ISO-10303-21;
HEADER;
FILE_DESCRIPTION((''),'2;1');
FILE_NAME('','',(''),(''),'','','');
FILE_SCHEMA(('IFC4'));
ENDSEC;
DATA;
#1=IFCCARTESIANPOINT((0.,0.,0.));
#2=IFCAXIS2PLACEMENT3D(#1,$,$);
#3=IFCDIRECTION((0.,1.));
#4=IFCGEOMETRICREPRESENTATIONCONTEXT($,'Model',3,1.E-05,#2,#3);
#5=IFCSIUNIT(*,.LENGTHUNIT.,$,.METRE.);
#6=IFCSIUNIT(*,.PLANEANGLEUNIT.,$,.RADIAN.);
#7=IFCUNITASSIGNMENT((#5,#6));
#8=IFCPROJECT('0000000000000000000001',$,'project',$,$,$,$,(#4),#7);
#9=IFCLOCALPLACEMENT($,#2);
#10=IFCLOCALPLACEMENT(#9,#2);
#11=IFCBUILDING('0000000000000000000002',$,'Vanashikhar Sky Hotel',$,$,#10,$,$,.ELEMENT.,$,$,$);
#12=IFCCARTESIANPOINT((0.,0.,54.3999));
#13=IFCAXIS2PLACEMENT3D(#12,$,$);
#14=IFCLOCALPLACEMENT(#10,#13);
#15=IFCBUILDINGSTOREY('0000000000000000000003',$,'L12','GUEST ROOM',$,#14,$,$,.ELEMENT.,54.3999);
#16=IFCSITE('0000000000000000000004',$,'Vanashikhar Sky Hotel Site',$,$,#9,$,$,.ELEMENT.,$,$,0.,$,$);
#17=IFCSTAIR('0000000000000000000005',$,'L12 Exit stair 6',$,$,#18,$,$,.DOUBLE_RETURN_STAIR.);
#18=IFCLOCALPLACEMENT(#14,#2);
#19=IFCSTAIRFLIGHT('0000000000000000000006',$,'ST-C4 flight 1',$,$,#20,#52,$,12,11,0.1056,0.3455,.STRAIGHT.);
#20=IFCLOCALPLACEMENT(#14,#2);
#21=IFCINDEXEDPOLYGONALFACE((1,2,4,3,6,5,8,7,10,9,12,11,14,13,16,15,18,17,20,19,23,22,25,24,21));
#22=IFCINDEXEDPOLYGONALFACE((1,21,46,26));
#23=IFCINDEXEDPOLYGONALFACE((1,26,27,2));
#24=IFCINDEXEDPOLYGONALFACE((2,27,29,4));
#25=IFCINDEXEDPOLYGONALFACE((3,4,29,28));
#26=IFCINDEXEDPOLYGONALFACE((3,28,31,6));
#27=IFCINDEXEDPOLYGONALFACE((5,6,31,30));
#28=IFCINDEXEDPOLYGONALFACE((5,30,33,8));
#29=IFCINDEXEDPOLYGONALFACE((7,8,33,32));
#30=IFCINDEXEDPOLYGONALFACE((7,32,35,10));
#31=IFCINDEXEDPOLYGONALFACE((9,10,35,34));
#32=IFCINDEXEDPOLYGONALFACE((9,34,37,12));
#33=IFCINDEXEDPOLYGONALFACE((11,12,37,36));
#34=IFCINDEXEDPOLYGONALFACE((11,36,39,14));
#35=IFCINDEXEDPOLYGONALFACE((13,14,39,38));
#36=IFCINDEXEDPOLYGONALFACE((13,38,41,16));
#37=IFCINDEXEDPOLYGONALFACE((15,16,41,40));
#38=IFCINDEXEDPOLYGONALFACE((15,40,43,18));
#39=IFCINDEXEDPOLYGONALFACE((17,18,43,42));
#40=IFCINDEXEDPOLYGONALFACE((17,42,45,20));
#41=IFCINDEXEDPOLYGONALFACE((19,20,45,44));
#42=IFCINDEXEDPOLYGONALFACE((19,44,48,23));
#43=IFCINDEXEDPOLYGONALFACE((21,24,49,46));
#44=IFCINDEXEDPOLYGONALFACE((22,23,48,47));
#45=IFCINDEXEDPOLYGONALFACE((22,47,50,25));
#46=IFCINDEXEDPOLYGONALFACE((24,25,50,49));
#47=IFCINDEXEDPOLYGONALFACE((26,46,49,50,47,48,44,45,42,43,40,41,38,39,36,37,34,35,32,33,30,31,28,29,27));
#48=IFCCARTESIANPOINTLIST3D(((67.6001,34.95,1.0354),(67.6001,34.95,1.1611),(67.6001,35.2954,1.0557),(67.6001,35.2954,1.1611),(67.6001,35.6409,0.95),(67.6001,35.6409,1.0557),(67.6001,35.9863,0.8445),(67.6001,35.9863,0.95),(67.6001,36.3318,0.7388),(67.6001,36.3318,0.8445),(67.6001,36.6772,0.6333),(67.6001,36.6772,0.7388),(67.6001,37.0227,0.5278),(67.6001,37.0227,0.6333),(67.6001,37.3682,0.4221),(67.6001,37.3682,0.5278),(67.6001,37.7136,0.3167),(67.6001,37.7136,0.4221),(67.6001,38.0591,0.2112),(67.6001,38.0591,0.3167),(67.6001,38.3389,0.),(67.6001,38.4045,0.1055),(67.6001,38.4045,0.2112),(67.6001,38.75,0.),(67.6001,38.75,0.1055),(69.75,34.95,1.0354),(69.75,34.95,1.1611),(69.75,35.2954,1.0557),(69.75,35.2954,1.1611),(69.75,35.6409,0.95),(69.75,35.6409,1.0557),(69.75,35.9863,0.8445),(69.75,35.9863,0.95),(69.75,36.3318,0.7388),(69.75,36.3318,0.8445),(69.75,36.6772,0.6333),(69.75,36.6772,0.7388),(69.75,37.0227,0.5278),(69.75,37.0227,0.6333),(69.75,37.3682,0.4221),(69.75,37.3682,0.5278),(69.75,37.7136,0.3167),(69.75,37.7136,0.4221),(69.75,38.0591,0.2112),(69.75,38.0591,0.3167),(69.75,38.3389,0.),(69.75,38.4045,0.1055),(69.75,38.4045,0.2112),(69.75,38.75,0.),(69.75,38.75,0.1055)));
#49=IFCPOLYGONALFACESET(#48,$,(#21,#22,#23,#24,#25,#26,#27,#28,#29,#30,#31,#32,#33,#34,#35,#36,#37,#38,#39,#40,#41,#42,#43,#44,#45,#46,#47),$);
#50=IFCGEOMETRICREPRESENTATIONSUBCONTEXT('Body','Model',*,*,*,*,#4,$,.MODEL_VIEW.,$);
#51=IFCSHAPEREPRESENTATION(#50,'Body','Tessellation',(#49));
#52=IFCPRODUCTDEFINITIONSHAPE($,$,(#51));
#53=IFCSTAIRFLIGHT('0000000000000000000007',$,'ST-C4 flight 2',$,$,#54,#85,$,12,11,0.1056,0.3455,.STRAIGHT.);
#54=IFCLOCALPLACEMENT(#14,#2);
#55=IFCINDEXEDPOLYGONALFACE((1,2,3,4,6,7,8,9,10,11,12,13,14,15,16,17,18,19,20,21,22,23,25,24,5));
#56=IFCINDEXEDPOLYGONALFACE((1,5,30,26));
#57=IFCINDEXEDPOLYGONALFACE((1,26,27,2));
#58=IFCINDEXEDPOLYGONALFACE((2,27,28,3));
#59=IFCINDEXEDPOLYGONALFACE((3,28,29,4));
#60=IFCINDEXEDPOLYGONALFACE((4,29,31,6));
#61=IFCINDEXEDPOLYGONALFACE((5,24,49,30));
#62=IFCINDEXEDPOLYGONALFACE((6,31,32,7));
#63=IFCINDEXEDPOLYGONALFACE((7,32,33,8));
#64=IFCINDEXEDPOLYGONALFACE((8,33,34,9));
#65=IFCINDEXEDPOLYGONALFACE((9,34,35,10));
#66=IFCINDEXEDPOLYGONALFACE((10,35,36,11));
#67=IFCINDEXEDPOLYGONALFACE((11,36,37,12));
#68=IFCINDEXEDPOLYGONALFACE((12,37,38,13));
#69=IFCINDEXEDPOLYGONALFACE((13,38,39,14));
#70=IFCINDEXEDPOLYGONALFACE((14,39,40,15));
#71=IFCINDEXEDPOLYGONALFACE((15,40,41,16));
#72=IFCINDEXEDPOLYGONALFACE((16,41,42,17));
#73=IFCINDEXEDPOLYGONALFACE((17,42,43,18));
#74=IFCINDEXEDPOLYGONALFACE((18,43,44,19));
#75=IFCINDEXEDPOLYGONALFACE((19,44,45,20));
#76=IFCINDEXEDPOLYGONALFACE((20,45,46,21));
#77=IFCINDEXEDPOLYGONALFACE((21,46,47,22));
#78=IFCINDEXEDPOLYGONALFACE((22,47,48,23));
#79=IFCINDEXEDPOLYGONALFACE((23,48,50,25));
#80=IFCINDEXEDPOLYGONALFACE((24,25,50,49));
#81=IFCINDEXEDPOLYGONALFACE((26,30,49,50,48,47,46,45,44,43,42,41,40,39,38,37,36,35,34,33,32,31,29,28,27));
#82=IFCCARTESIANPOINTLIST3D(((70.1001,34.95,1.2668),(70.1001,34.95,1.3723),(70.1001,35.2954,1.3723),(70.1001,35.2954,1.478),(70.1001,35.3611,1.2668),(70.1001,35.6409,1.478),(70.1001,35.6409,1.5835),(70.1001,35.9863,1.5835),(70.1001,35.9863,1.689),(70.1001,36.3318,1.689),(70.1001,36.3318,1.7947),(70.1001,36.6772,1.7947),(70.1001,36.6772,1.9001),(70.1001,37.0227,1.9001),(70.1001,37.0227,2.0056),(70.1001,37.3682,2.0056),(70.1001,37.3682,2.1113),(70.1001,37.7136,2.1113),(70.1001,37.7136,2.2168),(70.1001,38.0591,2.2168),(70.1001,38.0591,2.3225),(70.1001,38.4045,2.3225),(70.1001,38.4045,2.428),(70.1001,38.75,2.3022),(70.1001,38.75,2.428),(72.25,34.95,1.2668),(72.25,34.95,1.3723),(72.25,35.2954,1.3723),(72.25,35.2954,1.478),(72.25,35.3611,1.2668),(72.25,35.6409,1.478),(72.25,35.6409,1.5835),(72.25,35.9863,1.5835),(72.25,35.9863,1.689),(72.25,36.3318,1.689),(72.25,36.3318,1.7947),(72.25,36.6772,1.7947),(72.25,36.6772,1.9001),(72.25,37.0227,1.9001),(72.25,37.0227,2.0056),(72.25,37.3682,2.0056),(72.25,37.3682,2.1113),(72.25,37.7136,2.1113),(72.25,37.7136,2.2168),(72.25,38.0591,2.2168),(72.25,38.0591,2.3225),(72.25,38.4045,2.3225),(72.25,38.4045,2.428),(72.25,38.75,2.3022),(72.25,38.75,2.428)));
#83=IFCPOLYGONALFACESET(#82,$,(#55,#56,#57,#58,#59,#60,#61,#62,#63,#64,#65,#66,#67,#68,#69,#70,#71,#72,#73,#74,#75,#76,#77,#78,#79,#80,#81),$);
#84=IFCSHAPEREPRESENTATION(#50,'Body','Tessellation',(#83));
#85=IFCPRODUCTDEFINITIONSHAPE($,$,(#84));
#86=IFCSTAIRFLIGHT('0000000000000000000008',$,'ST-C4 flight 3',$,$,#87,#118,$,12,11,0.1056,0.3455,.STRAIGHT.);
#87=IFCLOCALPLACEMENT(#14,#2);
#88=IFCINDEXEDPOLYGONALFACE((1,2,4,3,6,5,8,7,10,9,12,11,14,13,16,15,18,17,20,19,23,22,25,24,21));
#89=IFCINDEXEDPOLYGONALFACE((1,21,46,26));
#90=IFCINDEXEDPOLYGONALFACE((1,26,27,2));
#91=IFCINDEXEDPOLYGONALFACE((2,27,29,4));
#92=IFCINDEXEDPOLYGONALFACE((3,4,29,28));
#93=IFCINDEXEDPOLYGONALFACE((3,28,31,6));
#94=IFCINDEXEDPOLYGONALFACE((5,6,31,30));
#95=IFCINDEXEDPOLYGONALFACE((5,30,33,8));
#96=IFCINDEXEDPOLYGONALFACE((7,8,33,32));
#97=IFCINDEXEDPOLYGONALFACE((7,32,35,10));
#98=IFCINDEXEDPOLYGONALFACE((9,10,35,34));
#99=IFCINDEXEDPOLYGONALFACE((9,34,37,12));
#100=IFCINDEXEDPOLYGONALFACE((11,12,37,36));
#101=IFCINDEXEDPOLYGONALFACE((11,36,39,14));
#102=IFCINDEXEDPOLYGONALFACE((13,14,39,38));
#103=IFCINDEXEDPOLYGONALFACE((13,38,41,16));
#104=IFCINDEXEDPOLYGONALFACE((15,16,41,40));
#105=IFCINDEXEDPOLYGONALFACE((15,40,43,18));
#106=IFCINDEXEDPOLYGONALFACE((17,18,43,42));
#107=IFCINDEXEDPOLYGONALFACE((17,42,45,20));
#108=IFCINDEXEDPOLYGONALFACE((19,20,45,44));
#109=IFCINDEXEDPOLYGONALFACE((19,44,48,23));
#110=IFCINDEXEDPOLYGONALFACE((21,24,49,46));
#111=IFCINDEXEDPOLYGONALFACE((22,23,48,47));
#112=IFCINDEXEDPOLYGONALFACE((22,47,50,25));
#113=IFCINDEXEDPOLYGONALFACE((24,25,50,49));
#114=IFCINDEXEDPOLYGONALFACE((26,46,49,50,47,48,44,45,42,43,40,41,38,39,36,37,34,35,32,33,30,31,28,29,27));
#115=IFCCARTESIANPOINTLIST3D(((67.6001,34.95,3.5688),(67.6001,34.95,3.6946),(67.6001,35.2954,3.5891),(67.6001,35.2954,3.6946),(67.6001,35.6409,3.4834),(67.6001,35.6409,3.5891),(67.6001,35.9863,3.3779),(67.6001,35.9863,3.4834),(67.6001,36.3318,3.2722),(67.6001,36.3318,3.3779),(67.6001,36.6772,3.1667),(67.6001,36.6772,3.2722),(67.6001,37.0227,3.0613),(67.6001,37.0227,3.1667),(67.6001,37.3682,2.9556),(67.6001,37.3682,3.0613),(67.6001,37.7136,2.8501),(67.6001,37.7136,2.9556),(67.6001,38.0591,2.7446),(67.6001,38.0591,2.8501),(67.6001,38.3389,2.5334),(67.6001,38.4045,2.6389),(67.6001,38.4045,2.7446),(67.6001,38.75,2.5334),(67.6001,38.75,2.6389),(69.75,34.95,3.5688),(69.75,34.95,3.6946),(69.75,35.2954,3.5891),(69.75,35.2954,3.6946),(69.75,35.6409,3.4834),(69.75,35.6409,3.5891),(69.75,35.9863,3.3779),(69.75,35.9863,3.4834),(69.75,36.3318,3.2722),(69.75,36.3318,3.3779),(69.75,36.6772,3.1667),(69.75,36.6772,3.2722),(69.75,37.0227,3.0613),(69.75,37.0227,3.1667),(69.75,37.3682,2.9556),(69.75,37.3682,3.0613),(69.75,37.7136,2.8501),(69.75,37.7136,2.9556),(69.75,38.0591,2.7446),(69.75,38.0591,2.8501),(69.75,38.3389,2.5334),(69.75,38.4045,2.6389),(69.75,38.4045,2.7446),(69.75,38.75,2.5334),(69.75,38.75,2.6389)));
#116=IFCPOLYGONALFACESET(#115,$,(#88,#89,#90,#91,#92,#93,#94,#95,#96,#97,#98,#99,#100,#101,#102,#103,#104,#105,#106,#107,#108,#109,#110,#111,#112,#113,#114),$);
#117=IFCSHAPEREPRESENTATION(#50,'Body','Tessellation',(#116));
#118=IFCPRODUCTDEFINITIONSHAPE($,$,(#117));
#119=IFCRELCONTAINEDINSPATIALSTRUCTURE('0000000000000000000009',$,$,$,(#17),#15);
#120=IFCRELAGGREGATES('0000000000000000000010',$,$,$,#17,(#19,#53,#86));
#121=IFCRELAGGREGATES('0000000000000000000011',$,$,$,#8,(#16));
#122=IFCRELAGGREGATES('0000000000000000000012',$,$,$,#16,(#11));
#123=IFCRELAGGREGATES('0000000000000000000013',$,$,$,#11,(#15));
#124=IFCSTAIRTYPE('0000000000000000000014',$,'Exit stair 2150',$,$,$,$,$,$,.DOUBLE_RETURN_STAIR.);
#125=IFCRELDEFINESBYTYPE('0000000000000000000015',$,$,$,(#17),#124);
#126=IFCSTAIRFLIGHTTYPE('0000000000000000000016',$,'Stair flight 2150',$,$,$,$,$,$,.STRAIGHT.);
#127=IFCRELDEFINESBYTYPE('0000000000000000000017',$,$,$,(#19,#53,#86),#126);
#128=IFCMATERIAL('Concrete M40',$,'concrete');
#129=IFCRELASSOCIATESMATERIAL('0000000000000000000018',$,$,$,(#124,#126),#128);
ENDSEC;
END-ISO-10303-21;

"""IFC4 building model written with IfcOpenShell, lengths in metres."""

from ifc_helpers import new_model, si_unit, direction, frame, origin, place, context, subcontext, project, spatial, polyline, outline, extrude, source, transform, mapped, material, type_object, element, aggregate, save


model = new_model("IFC4")

# Units and contexts
model_context = context("Model", 3, precision=1e-05, world=origin(), true_north=direction((0.0, 1.0)))
body_context = subcontext(model_context, "Body", "Model", "MODEL_VIEW")
ifc_project = project(units=[si_unit("LENGTHUNIT", "METRE"), si_unit("PLANEANGLEUNIT", "RADIAN")], contexts=[model_context])

# Site, building, storey
site_placement = place(None, origin())
site = spatial("IfcSite", under=ifc_project, at=site_placement, Name="Vanashikhar Sky Hotel Site", CompositionType="ELEMENT", RefElevation=0.0)
building_placement = place(site_placement, origin())
building = spatial("IfcBuilding", under=site, at=building_placement, Name="Vanashikhar Sky Hotel", CompositionType="ELEMENT")
storey_placement = place(building_placement, frame((0.0, 0.0, 54.3999)))
storey = spatial("IfcBuildingStorey", under=building, at=storey_placement, Name="L12", Description="GUEST ROOM", CompositionType="ELEMENT", Elevation=54.3999)

# Shared definitions
ifc_material_1 = material(Name="Concrete M40", Category="concrete")

# Stair, stair flights
stair_type = type_object("IfcStairType", Name="Exit stair 2150", PredefinedType="DOUBLE_RETURN_STAIR", material=ifc_material_1)
stair_flight_type = type_object("IfcStairFlightType", Name="Stair flight 2150", PredefinedType="STRAIGHT", material=ifc_material_1)
shared_shape_1 = source(origin(), body_context, "Body", "SweptSolid", [
    extrude(outline(polyline([(0.0, 0.0), (0.0, 0.1055), (0.3455, 0.1055), (0.3455, 0.2112), (0.6909, 0.2112), (0.6909, 0.3167), (1.0364, 0.3167), (1.0364, 0.4221), (1.3818, 0.4221), (1.3818, 0.5278), (1.7273, 0.5278), (1.7273, 0.6333), (2.0728, 0.6333), (2.0728, 0.7388), (2.4182, 0.7388), (2.4182, 0.8445), (2.7637, 0.8445), (2.7637, 0.95), (3.1091, 0.95), (3.1091, 1.0557), (3.4546, 1.0557), (3.4546, 1.1611), (3.8, 1.1611), (3.8, 1.2666), (3.8, 1.0354), (0.4111, 0.0), (0.0, 0.0)])), frame((0.0, 1.075, 0.0), z_axis=(0.0, -1.0, 0.0), x_axis=(1.0, 0.0, 0.0)), (0.0, 0.0, 1.0), 2.1499),
])
stair_1_placement = place(storey_placement, origin())
stair_1 = element("IfcStair", 1, at=stair_1_placement, inside=storey, type_object=stair_type, Name="L12 Exit stair 6", PredefinedType="DOUBLE_RETURN_STAIR")
stair_flight_1_placement = place(storey_placement, frame((68.675, 38.75, 0.0), z_axis=(0.0, 0.0, 1.0), x_axis=(0.0, -1.0, 0.0)))
stair_flight_1 = element("IfcStairFlight", 2, at=stair_flight_1_placement, type_object=stair_flight_type, Name="ST-C4 flight 1", NumberOfRisers=12, NumberOfTreads=11, PredefinedType="STRAIGHT", RiserHeight=0.1056, TreadLength=0.3455, context=body_context, shape_type="MappedRepresentation", body=[
    mapped(shared_shape_1, transform((0.0, 0.0, 0.0), scale=1.0)),
])
stair_flight_2_placement = place(storey_placement, frame((71.175, 34.95, 1.2668), z_axis=(0.0, 0.0, 1.0), x_axis=(0.0, 1.0, 0.0)))
stair_flight_2 = element("IfcStairFlight", 3, at=stair_flight_2_placement, type_object=stair_flight_type, Name="ST-C4 flight 2", NumberOfRisers=12, NumberOfTreads=11, PredefinedType="STRAIGHT", RiserHeight=0.1056, TreadLength=0.3455, context=body_context, shape_type="MappedRepresentation", body=[
    mapped(shared_shape_1, transform((0.0, 0.0, 0.0), scale=1.0)),
])
stair_flight_3_placement = place(storey_placement, frame((68.675, 38.75, 2.5334), z_axis=(0.0, 0.0, 1.0), x_axis=(0.0, -1.0, 0.0)))
stair_flight_3 = element("IfcStairFlight", 4, at=stair_flight_3_placement, type_object=stair_flight_type, Name="ST-C4 flight 3", NumberOfRisers=12, NumberOfTreads=11, PredefinedType="STRAIGHT", RiserHeight=0.1056, TreadLength=0.3455, context=body_context, shape_type="MappedRepresentation", body=[
    mapped(shared_shape_1, transform((0.0, 0.0, 0.0), scale=1.0)),
])
aggregate(stair_1, [stair_flight_1, stair_flight_2, stair_flight_3])

save(model, "model.ifc")
